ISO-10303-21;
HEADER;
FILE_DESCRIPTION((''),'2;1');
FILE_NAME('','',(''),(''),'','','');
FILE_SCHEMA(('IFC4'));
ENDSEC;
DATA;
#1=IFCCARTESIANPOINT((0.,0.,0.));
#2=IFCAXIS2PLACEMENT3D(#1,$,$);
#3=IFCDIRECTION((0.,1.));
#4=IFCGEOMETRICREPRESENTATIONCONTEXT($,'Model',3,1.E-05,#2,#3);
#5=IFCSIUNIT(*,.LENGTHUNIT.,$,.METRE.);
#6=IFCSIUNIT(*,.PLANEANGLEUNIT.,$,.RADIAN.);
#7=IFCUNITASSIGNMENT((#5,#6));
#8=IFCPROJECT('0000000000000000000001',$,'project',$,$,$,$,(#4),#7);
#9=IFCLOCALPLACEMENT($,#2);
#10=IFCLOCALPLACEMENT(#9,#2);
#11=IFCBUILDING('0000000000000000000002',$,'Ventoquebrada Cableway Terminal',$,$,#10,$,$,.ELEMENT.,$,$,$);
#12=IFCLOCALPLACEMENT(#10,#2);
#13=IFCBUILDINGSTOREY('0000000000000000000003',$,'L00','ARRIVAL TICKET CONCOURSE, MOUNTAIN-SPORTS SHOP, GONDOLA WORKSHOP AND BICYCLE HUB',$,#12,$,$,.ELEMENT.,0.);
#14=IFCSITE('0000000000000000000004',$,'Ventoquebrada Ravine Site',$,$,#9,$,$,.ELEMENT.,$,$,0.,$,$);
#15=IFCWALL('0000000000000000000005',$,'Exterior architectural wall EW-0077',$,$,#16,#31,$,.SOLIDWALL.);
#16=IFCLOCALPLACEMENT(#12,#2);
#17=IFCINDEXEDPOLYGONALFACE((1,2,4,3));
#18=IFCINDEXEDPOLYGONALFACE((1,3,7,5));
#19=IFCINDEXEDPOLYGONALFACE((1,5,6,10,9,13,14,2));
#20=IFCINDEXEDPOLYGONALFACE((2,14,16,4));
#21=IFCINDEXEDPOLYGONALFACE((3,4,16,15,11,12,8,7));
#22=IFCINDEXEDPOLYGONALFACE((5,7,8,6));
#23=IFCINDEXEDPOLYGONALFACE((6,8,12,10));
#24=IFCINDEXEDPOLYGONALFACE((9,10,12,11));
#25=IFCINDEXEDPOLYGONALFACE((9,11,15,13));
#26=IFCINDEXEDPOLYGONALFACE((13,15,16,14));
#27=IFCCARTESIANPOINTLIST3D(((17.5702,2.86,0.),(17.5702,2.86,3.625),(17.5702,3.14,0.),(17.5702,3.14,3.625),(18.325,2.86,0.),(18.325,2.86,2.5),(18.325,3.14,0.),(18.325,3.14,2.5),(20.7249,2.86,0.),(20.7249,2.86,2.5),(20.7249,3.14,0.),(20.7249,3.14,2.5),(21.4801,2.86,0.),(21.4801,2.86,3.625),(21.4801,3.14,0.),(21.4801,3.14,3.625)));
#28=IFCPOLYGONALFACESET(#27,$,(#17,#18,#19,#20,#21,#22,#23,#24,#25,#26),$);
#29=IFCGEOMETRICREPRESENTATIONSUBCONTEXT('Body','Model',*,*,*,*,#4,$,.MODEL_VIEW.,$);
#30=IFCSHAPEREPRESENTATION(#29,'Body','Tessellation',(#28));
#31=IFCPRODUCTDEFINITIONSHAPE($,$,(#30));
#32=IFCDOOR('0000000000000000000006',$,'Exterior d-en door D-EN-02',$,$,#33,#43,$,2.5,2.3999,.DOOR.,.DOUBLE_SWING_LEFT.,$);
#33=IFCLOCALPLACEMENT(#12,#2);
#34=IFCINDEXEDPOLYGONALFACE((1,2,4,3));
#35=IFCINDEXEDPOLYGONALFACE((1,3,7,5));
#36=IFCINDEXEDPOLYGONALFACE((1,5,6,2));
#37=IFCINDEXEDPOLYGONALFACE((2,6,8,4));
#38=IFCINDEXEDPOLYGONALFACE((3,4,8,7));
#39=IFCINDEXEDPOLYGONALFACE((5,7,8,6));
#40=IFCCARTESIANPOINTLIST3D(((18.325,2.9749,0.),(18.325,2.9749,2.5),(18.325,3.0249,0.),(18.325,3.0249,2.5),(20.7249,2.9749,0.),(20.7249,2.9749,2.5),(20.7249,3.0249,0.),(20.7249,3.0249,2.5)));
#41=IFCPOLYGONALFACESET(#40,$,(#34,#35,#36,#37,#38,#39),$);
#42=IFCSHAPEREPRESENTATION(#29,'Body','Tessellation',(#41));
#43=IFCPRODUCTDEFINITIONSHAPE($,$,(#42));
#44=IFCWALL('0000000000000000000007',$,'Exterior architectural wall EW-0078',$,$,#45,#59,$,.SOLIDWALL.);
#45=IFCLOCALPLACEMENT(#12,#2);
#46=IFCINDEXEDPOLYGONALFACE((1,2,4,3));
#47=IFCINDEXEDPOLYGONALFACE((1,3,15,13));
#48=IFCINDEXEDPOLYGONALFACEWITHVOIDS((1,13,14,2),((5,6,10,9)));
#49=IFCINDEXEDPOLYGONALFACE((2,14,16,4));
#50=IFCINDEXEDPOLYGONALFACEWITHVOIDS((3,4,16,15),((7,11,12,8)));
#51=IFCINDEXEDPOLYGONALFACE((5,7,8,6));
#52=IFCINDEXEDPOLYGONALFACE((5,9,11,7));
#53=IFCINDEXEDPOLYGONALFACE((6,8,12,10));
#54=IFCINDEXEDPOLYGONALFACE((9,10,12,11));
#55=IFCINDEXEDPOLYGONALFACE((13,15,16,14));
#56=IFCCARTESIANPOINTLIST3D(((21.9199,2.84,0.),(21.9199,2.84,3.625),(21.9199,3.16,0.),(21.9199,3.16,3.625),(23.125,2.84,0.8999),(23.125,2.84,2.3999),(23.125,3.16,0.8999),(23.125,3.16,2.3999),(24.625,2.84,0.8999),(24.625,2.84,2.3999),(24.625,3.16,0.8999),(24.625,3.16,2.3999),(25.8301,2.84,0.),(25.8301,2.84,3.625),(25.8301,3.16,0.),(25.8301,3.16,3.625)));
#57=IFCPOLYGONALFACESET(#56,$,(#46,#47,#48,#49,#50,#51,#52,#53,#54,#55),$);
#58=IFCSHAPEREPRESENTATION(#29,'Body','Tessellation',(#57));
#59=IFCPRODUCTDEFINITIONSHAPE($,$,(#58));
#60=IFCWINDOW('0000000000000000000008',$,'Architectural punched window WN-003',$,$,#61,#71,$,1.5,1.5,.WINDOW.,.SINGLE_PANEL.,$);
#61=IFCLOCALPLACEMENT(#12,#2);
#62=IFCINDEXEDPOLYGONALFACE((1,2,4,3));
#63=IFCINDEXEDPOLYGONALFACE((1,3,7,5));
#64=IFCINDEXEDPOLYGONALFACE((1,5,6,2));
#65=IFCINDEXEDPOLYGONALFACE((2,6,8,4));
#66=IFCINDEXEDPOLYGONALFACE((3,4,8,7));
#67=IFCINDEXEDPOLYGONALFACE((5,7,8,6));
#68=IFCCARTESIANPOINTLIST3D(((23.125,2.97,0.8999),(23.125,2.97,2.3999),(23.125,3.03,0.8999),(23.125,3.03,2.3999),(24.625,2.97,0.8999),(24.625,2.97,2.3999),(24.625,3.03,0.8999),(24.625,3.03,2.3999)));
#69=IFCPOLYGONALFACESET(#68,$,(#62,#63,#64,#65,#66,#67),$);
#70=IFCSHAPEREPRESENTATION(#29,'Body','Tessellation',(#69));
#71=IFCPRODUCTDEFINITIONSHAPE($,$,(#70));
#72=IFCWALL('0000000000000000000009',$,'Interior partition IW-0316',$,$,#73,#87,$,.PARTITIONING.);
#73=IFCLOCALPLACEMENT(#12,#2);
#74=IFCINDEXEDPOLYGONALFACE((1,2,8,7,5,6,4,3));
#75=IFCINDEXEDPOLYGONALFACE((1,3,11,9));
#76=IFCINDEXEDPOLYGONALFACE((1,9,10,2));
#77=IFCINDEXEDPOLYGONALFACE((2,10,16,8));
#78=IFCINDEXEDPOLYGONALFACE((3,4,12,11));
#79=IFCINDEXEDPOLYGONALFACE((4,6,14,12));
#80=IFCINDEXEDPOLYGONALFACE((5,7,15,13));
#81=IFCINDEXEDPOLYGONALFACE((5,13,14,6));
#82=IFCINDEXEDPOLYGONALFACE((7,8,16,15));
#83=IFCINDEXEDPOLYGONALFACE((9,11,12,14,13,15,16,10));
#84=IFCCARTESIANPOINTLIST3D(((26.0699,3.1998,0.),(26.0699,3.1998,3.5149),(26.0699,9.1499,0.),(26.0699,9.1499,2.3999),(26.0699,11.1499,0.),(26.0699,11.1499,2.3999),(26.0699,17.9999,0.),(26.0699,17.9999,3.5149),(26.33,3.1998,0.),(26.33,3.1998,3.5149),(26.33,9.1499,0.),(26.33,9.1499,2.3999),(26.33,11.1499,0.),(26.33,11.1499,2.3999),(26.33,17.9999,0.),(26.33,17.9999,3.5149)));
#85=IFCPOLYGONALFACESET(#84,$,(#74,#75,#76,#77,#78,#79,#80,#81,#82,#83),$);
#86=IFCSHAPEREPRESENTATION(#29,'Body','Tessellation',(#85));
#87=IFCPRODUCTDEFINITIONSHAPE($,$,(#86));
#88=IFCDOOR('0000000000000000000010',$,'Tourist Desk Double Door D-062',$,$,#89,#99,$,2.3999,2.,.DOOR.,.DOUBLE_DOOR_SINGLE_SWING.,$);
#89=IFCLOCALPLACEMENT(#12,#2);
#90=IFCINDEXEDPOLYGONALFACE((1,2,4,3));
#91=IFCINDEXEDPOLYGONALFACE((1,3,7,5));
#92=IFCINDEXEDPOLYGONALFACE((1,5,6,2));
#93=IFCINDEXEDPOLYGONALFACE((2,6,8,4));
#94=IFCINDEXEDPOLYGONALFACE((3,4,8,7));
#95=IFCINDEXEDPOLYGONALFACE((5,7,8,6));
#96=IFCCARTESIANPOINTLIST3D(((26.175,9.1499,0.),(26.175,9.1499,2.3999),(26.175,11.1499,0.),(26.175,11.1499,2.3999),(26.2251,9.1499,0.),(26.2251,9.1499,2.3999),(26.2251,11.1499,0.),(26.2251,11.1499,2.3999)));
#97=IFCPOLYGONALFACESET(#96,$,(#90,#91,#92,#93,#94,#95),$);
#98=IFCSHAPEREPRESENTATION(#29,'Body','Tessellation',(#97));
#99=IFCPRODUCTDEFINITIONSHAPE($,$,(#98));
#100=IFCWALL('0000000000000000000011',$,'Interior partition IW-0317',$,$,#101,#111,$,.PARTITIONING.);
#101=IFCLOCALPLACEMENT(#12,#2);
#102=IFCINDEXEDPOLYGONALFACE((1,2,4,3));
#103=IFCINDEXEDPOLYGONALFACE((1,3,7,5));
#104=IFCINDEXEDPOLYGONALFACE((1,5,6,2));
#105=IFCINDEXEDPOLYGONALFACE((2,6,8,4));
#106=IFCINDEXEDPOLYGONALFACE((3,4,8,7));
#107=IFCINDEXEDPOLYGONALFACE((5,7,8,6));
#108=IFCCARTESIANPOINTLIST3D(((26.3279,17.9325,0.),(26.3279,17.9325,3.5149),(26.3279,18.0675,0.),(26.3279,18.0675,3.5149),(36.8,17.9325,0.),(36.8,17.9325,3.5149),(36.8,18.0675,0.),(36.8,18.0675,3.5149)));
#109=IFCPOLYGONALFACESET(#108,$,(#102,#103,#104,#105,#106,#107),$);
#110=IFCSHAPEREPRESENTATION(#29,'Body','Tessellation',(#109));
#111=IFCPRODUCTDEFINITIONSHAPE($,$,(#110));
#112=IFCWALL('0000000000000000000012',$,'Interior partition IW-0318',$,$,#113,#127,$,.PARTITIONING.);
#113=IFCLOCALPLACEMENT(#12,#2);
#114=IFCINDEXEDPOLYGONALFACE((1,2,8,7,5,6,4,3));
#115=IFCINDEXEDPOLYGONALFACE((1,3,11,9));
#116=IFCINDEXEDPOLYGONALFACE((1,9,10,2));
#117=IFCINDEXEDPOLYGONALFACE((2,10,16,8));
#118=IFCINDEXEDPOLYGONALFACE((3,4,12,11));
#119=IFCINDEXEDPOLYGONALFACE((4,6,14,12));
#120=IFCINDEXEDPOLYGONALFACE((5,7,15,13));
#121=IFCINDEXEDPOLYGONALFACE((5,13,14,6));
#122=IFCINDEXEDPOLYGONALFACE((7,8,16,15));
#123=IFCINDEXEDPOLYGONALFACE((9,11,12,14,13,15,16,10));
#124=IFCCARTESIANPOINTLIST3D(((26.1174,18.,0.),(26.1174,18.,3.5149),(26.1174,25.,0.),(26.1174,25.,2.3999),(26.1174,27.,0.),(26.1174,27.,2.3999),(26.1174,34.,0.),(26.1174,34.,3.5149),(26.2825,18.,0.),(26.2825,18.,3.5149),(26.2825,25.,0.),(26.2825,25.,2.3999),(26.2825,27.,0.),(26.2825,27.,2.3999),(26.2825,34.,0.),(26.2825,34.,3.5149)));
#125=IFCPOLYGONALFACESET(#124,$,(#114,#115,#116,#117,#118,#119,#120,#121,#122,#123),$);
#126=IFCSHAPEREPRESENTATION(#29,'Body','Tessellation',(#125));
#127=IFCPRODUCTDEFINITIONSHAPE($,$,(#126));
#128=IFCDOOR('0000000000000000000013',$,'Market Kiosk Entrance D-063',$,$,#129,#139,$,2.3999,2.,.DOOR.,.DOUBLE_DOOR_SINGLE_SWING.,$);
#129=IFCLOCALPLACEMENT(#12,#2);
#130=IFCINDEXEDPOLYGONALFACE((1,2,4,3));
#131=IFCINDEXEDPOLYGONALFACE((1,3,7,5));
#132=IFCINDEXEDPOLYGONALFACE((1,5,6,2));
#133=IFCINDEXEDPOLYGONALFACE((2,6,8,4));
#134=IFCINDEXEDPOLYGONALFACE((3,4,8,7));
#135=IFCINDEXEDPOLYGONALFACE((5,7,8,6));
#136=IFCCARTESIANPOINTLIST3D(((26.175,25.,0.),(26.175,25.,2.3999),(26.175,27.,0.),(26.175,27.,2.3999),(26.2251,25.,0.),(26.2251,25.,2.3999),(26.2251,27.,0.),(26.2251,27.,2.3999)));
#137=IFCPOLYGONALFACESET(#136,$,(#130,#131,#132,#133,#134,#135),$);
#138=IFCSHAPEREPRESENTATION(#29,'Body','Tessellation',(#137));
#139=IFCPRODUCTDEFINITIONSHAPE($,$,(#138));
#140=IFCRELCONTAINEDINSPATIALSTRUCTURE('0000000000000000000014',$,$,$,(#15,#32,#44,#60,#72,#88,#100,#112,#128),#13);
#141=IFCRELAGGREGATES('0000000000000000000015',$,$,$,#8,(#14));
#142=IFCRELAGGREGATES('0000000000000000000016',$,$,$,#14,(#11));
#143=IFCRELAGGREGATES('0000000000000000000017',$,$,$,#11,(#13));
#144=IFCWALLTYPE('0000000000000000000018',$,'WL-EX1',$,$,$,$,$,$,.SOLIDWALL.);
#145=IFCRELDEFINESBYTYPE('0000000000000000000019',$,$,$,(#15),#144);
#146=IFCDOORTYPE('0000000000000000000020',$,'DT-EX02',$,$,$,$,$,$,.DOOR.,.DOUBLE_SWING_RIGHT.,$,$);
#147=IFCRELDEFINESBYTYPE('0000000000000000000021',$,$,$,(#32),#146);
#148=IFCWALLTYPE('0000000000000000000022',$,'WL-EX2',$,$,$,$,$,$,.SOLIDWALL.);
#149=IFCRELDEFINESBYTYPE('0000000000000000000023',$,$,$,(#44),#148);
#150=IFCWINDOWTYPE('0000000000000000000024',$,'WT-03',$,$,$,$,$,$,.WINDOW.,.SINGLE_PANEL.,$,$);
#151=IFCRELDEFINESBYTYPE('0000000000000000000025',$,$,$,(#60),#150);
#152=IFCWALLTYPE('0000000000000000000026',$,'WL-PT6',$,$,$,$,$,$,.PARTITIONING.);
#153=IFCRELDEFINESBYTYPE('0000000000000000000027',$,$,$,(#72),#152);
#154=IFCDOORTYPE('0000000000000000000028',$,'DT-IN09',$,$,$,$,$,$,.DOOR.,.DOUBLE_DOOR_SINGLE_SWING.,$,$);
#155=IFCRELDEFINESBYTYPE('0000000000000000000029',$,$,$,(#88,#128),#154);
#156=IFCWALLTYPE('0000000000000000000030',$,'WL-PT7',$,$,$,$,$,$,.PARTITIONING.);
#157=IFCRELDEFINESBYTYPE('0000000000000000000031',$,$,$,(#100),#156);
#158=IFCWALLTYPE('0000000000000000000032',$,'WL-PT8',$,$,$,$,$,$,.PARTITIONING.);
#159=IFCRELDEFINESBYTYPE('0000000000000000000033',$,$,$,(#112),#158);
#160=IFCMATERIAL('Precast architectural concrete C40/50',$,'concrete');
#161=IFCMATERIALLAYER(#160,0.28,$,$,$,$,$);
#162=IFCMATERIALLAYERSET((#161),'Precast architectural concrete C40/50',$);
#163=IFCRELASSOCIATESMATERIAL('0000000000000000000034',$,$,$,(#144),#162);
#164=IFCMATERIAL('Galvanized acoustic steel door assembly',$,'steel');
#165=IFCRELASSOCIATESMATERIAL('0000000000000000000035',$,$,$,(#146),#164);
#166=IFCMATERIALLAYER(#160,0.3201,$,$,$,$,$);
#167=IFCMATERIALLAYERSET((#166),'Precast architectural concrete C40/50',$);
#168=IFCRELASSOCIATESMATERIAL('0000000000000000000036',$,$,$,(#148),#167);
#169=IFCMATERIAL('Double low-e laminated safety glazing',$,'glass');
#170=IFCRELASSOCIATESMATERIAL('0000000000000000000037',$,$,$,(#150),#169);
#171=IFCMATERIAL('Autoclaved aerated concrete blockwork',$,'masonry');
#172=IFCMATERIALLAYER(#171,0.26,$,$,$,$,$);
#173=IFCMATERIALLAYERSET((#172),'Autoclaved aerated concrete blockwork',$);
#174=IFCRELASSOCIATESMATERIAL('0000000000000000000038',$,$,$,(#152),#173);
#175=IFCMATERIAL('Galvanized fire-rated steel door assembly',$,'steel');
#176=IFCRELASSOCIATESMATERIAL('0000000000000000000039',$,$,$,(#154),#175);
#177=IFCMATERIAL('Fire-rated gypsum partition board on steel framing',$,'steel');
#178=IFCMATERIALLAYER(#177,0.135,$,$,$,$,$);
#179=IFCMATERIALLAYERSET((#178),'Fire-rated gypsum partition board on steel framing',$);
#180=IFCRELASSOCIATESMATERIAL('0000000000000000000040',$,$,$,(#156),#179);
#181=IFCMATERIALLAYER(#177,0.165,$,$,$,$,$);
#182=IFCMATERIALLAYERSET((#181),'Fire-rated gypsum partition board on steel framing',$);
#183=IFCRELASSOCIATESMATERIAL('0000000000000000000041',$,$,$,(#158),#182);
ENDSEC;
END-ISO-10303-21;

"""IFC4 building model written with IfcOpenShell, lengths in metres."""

from ifc_helpers import new_model, si_unit, direction, frame, frame_2d, origin, place, context, subcontext, project, spatial, rectangle, extrude, material, layer, layer_set, type_object, element, fill, save


model = new_model("IFC4")

# Units and contexts
model_context = context("Model", 3, precision=1e-05, world=origin(), true_north=direction((0.0, 1.0)))
body_context = subcontext(model_context, "Body", "Model", "MODEL_VIEW")
ifc_project = project(units=[si_unit("LENGTHUNIT", "METRE"), si_unit("PLANEANGLEUNIT", "RADIAN")], contexts=[model_context])

# Site, building, storey
site_placement = place(None, origin())
site = spatial("IfcSite", under=ifc_project, at=site_placement, Name="Ventoquebrada Ravine Site", CompositionType="ELEMENT", RefElevation=0.0)
building_placement = place(site_placement, origin())
building = spatial("IfcBuilding", under=site, at=building_placement, Name="Ventoquebrada Cableway Terminal", CompositionType="ELEMENT")
storey_placement = place(building_placement, origin())
storey = spatial("IfcBuildingStorey", under=building, at=storey_placement, Name="L00", Description="ARRIVAL TICKET CONCOURSE, MOUNTAIN-SPORTS SHOP, GONDOLA WORKSHOP AND BICYCLE HUB", CompositionType="ELEMENT", Elevation=0.0)

# Wall, opening, door
ifc_material_1 = material(Name="Precast architectural concrete C40/50", Category="concrete")
ifc_layer_1 = layer(ifc_material_1, 0.28)
ifc_layer_set_1 = layer_set([ifc_layer_1], Name="Precast architectural concrete C40/50")
wall_type_1 = type_object("IfcWallType", Name="WL-EX1", PredefinedType="SOLIDWALL", material=ifc_layer_set_1)
wall_1_placement = place(storey_placement, frame((17.5701, 3.0, 0.0), z_axis=(0.0, 0.0, 1.0), x_axis=(1.0, 0.0, 0.0)))
wall_1 = element("IfcWall", 1, at=wall_1_placement, inside=storey, type_object=wall_type_1, Name="Exterior architectural wall EW-0077", PredefinedType="SOLIDWALL", context=body_context, shape_type="SweptSolid", body=[
    extrude(rectangle(XDim=3.9099, YDim=0.28, at=frame_2d((1.9551, 0.0))), origin(), (0.0, 0.0, 1.0), 3.625),
])
opening_1_placement = place(wall_1_placement, frame((0.7549, 0.0, 0.0)))
opening_1 = element("IfcOpeningElement", 2, at=opening_1_placement, cuts=wall_1, PredefinedType="OPENING", context=body_context, shape_type="SweptSolid", body=[
    extrude(rectangle(XDim=2.3999, YDim=2.5, at=frame_2d((1.2, 1.25))), frame((0.0, 0.1499, 0.0), z_axis=(0.0, -1.0, 0.0), x_axis=(1.0, 0.0, 0.0)), (0.0, 0.0, 1.0), 0.3),
])
ifc_material_2 = material(Name="Galvanized acoustic steel door assembly", Category="steel")
door_type_1 = type_object("IfcDoorType", Name="DT-EX02", OperationType="DOUBLE_SWING_RIGHT", PredefinedType="DOOR", material=ifc_material_2)
door_1_placement = place(opening_1_placement, origin())
door_1 = element("IfcDoor", 3, at=door_1_placement, inside=storey, type_object=door_type_1, Name="Exterior d-en door D-EN-02", OperationType="DOUBLE_SWING_LEFT", OverallHeight=2.5, OverallWidth=2.3999, PredefinedType="DOOR", context=body_context, shape_type="SweptSolid", body=[
    extrude(rectangle(XDim=2.3999, YDim=2.5, at=frame_2d((1.2, 1.25))), frame((0.0, 0.0249, 0.0), z_axis=(0.0, -1.0, 0.0), x_axis=(1.0, 0.0, 0.0)), (0.0, 0.0, 1.0), 0.05),
])
fill(opening_1, door_1)

# Wall, opening, window
ifc_layer_2 = layer(ifc_material_1, 0.3201)
ifc_layer_set_2 = layer_set([ifc_layer_2], Name="Precast architectural concrete C40/50")
wall_type_2 = type_object("IfcWallType", Name="WL-EX2", PredefinedType="SOLIDWALL", material=ifc_layer_set_2)
wall_2_placement = place(storey_placement, frame((21.9199, 3.0, 0.0), z_axis=(0.0, 0.0, 1.0), x_axis=(1.0, 0.0, 0.0)))
wall_2 = element("IfcWall", 4, at=wall_2_placement, inside=storey, type_object=wall_type_2, Name="Exterior architectural wall EW-0078", PredefinedType="SOLIDWALL", context=body_context, shape_type="SweptSolid", body=[
    extrude(rectangle(XDim=3.9102, YDim=0.3201, at=frame_2d((1.9551, 0.0))), origin(), (0.0, 0.0, 1.0), 3.625),
])
opening_2_placement = place(wall_2_placement, frame((1.2051, 0.0, 0.8999)))
opening_2 = element("IfcOpeningElement", 5, at=opening_2_placement, cuts=wall_2, PredefinedType="OPENING", context=body_context, shape_type="SweptSolid", body=[
    extrude(rectangle(XDim=1.5, YDim=1.5, at=frame_2d((0.75, 0.75))), frame((0.0, 0.1699, 0.0), z_axis=(0.0, -1.0, 0.0), x_axis=(1.0, 0.0, 0.0)), (0.0, 0.0, 1.0), 0.3401),
])
ifc_material_3 = material(Name="Double low-e laminated safety glazing", Category="glass")
window_type = type_object("IfcWindowType", Name="WT-03", PartitioningType="SINGLE_PANEL", PredefinedType="WINDOW", material=ifc_material_3)
window_placement = place(opening_2_placement, origin())
window = element("IfcWindow", 6, at=window_placement, inside=storey, type_object=window_type, Name="Architectural punched window WN-003", OverallHeight=1.5, OverallWidth=1.5, PartitioningType="SINGLE_PANEL", PredefinedType="WINDOW", context=body_context, shape_type="SweptSolid", body=[
    extrude(rectangle(XDim=1.5, YDim=1.5, at=frame_2d((0.75, 0.75))), frame((0.0, 0.03, 0.0), z_axis=(0.0, -1.0, 0.0), x_axis=(1.0, 0.0, 0.0)), (0.0, 0.0, 1.0), 0.0601),
])
fill(opening_2, window)

# Wall, opening, door
ifc_material_4 = material(Name="Autoclaved aerated concrete blockwork", Category="masonry")
ifc_layer_3 = layer(ifc_material_4, 0.26)
ifc_layer_set_3 = layer_set([ifc_layer_3], Name="Autoclaved aerated concrete blockwork")
wall_type_3 = type_object("IfcWallType", Name="WL-PT6", PredefinedType="PARTITIONING", material=ifc_layer_set_3)
wall_3_placement = place(storey_placement, frame((26.2, 3.2, 0.0), z_axis=(0.0, 0.0, 1.0), x_axis=(0.0, 1.0, 0.0)))
wall_3 = element("IfcWall", 7, at=wall_3_placement, inside=storey, type_object=wall_type_3, Name="Interior partition IW-0316", PredefinedType="PARTITIONING", context=body_context, shape_type="SweptSolid", body=[
    extrude(rectangle(XDim=14.8, YDim=0.26, at=frame_2d((7.3999, 0.0))), origin(), (0.0, 0.0, 1.0), 3.5149),
])
opening_3_placement = place(wall_3_placement, frame((5.95, 0.0, 0.0)))
opening_3 = element("IfcOpeningElement", 8, at=opening_3_placement, cuts=wall_3, PredefinedType="OPENING", context=body_context, shape_type="SweptSolid", body=[
    extrude(rectangle(XDim=2.0, YDim=2.3999, at=frame_2d((1.0, 1.2))), frame((0.0, 0.1399, 0.0), z_axis=(0.0, -1.0, 0.0), x_axis=(1.0, 0.0, 0.0)), (0.0, 0.0, 1.0), 0.28),
])
ifc_material_5 = material(Name="Galvanized fire-rated steel door assembly", Category="steel")
door_type_2 = type_object("IfcDoorType", Name="DT-IN09", OperationType="DOUBLE_DOOR_SINGLE_SWING", PredefinedType="DOOR", material=ifc_material_5)
door_2_placement = place(opening_3_placement, origin())
door_2 = element("IfcDoor", 9, at=door_2_placement, inside=storey, type_object=door_type_2, Name="Tourist Desk Double Door D-062", OperationType="DOUBLE_DOOR_SINGLE_SWING", OverallHeight=2.3999, OverallWidth=2.0, PredefinedType="DOOR", context=body_context, shape_type="SweptSolid", body=[
    extrude(rectangle(XDim=2.0, YDim=2.3999, at=frame_2d((1.0, 1.2))), frame((0.0, 0.0249, 0.0), z_axis=(0.0, -1.0, 0.0), x_axis=(1.0, 0.0, 0.0)), (0.0, 0.0, 1.0), 0.05),
])
fill(opening_3, door_2)

# Wall
ifc_material_6 = material(Name="Fire-rated gypsum partition board on steel framing", Category="steel")
ifc_layer_4 = layer(ifc_material_6, 0.135)
ifc_layer_set_4 = layer_set([ifc_layer_4], Name="Fire-rated gypsum partition board on steel framing")
wall_type_4 = type_object("IfcWallType", Name="WL-PT7", PredefinedType="PARTITIONING", material=ifc_layer_set_4)
wall_4_placement = place(storey_placement, frame((26.3279, 18.0, 0.0), z_axis=(0.0, 0.0, 1.0), x_axis=(1.0, 0.0, 0.0)))
element("IfcWall", 10, at=wall_4_placement, inside=storey, type_object=wall_type_4, Name="Interior partition IW-0317", PredefinedType="PARTITIONING", context=body_context, shape_type="SweptSolid", body=[
    extrude(rectangle(XDim=10.4722, YDim=0.135, at=frame_2d((5.2361, 0.0))), origin(), (0.0, 0.0, 1.0), 3.5149),
])

# Wall, opening, door
ifc_layer_5 = layer(ifc_material_6, 0.165)
ifc_layer_set_5 = layer_set([ifc_layer_5], Name="Fire-rated gypsum partition board on steel framing")
wall_type_5 = type_object("IfcWallType", Name="WL-PT8", PredefinedType="PARTITIONING", material=ifc_layer_set_5)
wall_5_placement = place(storey_placement, frame((26.2, 18.0, 0.0), z_axis=(0.0, 0.0, 1.0), x_axis=(0.0, 1.0, 0.0)))
wall_5 = element("IfcWall", 11, at=wall_5_placement, inside=storey, type_object=wall_type_5, Name="Interior partition IW-0318", PredefinedType="PARTITIONING", context=body_context, shape_type="SweptSolid", body=[
    extrude(rectangle(XDim=16.0, YDim=0.165, at=frame_2d((8.0, 0.0))), origin(), (0.0, 0.0, 1.0), 3.5149),
])
opening_4_placement = place(wall_5_placement, frame((7.0, 0.0, 0.0)))
opening_4 = element("IfcOpeningElement", 12, at=opening_4_placement, cuts=wall_5, PredefinedType="OPENING", context=body_context, shape_type="SweptSolid", body=[
    extrude(rectangle(XDim=2.0, YDim=2.3999, at=frame_2d((1.0, 1.2))), frame((0.0, 0.0925, 0.0), z_axis=(0.0, -1.0, 0.0), x_axis=(1.0, 0.0, 0.0)), (0.0, 0.0, 1.0), 0.1851),
])
door_3_placement = place(opening_4_placement, origin())
door_3 = element("IfcDoor", 13, at=door_3_placement, inside=storey, type_object=door_type_2, Name="Market Kiosk Entrance D-063", OperationType="DOUBLE_DOOR_SINGLE_SWING", OverallHeight=2.3999, OverallWidth=2.0, PredefinedType="DOOR", context=body_context, shape_type="SweptSolid", body=[
    extrude(rectangle(XDim=2.0, YDim=2.3999, at=frame_2d((1.0, 1.2))), frame((0.0, 0.0249, 0.0), z_axis=(0.0, -1.0, 0.0), x_axis=(1.0, 0.0, 0.0)), (0.0, 0.0, 1.0), 0.05),
])
fill(opening_4, door_3)

save(model, "model.ifc")
